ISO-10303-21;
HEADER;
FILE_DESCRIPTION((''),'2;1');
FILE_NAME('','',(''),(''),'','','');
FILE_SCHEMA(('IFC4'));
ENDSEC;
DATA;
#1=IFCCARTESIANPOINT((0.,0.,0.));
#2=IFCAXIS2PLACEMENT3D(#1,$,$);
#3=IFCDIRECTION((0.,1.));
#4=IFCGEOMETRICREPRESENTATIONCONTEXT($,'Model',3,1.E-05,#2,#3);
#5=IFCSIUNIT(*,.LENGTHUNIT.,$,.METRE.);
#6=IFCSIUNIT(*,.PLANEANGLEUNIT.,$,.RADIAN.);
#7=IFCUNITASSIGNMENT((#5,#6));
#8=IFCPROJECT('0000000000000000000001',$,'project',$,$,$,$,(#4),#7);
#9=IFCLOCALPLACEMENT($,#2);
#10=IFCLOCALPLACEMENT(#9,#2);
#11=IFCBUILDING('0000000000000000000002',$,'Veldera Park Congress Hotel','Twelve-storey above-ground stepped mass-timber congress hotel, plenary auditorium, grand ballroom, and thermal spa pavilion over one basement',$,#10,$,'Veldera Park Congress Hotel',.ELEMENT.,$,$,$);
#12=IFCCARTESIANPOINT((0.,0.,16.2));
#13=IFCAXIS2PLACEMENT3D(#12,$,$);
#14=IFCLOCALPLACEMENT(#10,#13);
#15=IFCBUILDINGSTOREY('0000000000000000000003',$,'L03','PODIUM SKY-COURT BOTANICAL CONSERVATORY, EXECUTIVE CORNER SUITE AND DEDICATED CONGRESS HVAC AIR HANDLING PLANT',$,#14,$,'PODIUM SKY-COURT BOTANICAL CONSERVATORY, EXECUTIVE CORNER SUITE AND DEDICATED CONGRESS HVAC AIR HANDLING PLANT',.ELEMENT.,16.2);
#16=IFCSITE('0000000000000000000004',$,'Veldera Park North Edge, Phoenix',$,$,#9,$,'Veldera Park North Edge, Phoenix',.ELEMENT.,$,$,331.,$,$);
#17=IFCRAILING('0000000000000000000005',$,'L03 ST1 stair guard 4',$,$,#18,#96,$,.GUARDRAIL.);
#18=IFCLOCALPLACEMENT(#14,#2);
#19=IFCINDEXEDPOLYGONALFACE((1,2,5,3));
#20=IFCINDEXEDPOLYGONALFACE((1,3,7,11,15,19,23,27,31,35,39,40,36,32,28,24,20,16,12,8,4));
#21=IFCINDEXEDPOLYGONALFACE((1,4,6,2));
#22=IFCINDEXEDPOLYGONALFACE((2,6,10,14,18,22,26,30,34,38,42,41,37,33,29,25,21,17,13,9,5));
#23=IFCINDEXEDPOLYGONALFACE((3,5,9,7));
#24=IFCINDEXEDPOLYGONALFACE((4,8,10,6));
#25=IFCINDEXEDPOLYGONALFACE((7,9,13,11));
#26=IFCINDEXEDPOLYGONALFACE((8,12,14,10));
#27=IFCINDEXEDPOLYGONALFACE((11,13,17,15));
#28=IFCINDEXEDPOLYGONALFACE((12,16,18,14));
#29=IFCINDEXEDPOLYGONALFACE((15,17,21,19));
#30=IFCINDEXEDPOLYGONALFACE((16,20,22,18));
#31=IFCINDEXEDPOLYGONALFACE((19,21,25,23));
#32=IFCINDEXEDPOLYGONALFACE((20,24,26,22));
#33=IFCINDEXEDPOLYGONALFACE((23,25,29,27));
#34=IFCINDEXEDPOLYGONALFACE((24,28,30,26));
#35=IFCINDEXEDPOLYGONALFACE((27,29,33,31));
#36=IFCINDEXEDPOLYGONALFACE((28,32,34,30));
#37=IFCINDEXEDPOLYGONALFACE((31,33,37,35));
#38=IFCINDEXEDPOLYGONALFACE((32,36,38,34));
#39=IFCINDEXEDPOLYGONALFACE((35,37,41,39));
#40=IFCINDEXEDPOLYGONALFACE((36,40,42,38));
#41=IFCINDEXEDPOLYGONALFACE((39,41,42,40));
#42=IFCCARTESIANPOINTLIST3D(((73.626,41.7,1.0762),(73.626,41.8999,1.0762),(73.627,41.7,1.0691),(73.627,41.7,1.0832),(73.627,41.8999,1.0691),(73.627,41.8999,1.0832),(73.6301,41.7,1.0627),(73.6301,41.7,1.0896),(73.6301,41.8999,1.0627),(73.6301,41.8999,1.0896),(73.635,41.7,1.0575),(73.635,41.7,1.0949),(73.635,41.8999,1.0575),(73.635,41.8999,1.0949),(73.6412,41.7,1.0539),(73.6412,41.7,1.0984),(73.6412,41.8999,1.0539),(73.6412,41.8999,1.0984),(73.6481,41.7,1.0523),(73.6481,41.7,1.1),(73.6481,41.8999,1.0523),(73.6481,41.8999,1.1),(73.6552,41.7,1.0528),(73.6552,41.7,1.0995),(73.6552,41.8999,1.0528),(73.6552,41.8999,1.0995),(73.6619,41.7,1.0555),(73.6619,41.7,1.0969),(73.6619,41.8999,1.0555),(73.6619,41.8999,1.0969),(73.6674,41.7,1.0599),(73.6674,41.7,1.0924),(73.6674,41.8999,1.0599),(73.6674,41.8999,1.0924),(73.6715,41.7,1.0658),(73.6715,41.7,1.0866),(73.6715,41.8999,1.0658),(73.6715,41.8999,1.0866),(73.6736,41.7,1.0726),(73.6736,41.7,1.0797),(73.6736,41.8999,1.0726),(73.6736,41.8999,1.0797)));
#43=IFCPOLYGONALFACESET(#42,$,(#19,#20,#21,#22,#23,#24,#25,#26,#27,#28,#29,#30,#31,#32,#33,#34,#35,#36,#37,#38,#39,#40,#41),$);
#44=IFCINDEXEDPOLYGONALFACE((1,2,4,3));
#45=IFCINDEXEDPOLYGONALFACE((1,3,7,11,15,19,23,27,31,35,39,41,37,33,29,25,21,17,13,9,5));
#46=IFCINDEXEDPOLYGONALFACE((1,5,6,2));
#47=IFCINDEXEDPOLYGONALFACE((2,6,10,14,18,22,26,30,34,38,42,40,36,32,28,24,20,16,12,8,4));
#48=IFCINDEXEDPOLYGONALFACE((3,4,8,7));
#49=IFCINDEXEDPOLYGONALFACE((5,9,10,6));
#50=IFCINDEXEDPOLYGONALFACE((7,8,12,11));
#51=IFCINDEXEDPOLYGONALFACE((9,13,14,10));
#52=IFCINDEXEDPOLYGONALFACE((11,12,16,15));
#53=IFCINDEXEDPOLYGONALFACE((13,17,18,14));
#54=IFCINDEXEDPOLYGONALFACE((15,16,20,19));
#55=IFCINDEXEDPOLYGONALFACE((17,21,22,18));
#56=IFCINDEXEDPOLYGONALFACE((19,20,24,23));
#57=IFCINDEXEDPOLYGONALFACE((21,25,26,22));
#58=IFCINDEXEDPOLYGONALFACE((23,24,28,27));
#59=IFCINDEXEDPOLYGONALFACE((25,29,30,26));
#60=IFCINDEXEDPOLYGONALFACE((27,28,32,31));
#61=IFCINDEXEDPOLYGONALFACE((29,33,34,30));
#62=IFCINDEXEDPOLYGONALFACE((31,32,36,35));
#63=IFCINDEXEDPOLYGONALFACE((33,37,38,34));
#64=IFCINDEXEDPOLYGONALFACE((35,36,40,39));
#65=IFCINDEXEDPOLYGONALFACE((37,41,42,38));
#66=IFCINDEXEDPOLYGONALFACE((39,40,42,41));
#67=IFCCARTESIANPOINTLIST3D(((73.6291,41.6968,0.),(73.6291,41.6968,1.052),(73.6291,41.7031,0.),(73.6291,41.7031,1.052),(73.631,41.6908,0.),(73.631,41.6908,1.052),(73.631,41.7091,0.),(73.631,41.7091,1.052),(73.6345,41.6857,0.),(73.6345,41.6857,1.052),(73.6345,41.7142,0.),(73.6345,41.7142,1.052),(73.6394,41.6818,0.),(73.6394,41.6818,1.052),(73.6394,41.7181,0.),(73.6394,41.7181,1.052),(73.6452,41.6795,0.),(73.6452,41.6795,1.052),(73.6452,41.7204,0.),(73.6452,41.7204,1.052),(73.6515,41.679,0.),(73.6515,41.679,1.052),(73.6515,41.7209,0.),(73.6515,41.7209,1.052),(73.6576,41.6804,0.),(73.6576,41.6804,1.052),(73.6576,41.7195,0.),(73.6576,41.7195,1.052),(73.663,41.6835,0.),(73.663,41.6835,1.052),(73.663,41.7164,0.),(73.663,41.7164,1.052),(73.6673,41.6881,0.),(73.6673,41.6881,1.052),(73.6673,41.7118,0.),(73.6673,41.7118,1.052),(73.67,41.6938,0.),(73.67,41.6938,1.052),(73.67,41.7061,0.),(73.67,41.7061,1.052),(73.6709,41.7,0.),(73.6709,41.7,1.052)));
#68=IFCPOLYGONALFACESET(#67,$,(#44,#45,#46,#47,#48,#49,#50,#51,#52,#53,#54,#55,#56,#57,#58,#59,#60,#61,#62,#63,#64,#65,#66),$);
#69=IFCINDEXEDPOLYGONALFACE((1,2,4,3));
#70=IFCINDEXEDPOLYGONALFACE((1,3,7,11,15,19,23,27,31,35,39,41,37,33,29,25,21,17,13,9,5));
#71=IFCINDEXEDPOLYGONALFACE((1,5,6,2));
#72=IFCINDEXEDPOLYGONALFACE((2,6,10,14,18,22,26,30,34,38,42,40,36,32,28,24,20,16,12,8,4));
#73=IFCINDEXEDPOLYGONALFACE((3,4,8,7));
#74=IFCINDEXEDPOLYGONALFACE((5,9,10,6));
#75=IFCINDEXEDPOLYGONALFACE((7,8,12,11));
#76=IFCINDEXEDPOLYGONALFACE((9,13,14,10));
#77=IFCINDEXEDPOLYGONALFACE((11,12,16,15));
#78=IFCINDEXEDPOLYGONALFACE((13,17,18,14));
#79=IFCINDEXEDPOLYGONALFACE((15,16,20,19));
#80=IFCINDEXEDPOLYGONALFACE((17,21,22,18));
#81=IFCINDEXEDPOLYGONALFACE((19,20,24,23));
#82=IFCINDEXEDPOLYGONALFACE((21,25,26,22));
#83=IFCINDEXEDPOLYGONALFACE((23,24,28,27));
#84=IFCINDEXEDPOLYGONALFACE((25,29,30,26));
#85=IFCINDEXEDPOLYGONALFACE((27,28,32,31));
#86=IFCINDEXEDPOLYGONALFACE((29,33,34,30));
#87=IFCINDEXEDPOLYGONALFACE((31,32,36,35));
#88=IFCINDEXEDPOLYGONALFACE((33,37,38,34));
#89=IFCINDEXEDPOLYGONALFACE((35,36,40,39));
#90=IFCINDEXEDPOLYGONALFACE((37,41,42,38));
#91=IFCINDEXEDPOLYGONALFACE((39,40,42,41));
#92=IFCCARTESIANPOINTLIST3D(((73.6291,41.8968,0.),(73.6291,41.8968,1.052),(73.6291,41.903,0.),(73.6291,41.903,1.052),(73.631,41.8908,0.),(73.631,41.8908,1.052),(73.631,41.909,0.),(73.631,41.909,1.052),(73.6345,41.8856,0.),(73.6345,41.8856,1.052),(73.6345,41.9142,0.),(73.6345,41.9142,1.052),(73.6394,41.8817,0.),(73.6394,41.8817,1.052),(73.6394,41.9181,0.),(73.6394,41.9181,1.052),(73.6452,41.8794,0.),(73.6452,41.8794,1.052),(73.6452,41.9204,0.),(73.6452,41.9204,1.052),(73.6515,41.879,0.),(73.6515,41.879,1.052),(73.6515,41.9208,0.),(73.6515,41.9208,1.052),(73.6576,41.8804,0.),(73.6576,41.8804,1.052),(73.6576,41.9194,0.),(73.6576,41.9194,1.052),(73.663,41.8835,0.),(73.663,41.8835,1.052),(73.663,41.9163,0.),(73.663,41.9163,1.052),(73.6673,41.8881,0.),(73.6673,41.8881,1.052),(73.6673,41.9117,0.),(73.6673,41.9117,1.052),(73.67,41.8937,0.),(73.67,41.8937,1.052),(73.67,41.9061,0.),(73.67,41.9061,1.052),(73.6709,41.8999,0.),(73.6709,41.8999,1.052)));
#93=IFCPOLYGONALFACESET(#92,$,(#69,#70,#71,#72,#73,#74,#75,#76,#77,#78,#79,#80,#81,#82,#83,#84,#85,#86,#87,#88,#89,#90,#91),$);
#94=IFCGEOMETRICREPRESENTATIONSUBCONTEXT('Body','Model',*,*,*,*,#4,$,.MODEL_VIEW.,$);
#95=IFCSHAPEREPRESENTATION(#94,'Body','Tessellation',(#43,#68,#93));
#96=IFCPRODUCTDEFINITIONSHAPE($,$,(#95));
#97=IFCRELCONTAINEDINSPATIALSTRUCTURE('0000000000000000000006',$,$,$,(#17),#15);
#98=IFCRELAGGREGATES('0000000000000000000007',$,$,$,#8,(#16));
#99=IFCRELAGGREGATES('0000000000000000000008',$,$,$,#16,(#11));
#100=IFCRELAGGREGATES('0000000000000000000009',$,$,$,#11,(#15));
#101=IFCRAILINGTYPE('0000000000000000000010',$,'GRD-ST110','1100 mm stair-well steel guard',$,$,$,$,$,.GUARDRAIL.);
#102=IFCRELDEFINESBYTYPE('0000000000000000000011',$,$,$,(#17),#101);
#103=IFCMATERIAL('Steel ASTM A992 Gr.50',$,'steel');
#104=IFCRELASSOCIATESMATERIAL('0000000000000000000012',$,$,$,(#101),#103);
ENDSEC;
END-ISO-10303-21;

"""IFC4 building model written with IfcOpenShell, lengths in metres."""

from ifc_helpers import new_model, si_unit, direction, frame, origin, origin_2d, place, context, subcontext, project, spatial, circle, extrude, material, type_object, element, save


model = new_model("IFC4")

# Units and contexts
model_context = context("Model", 3, precision=1e-05, world=origin(), true_north=direction((0.0, 1.0)))
body_context = subcontext(model_context, "Body", "Model", "MODEL_VIEW")
ifc_project = project(units=[si_unit("LENGTHUNIT", "METRE"), si_unit("PLANEANGLEUNIT", "RADIAN")], contexts=[model_context])

# Site, building, storey
site_placement = place(None, origin())
site = spatial("IfcSite", under=ifc_project, at=site_placement, Name="Veldera Park North Edge, Phoenix", LongName="Veldera Park North Edge, Phoenix", CompositionType="ELEMENT", RefElevation=331.0)
building_placement = place(site_placement, origin())
building = spatial("IfcBuilding", under=site, at=building_placement, Name="Veldera Park Congress Hotel", Description="Twelve-storey above-ground stepped mass-timber congress hotel, plenary auditorium, grand ballroom, and thermal spa pavilion over one basement", LongName="Veldera Park Congress Hotel", CompositionType="ELEMENT")
storey_placement = place(building_placement, frame((0.0, 0.0, 16.2)))
storey = spatial("IfcBuildingStorey", under=building, at=storey_placement, Name="L03", Description="PODIUM SKY-COURT BOTANICAL CONSERVATORY, EXECUTIVE CORNER SUITE AND DEDICATED CONGRESS HVAC AIR HANDLING PLANT", LongName="PODIUM SKY-COURT BOTANICAL CONSERVATORY, EXECUTIVE CORNER SUITE AND DEDICATED CONGRESS HVAC AIR HANDLING PLANT", CompositionType="ELEMENT", Elevation=16.2)

# Railing
ifc_material_1 = material(Name="Steel ASTM A992 Gr.50", Category="steel")
railing_type_1 = type_object("IfcRailingType", Name="GRD-ST110", Description="1100 mm stair-well steel guard", PredefinedType="GUARDRAIL", material=ifc_material_1)
railing_1_placement = place(storey_placement, frame((73.6499, 41.7, 0.0)))
element("IfcRailing", 1, at=railing_1_placement, inside=storey, type_object=railing_type_1, Name="L03 ST1 stair guard 4", PredefinedType="GUARDRAIL", context=body_context, shape_type="SweptSolid", body=[
    extrude(circle(Radius=0.0239, at=origin_2d()), frame((0.0, 0.0, 1.0762), z_axis=(0.0, 1.0, 0.0), x_axis=(-1.0, 0.0, 0.0)), (0.0, 0.0, 1.0), 0.2),
    extrude(circle(Radius=0.021, at=origin_2d()), origin(), (0.0, 0.0, 1.0), 1.052),
    extrude(circle(Radius=0.021, at=origin_2d()), frame((0.0, 0.2, 0.0)), (0.0, 0.0, 1.0), 1.052),
])

save(model, "model.ifc")
